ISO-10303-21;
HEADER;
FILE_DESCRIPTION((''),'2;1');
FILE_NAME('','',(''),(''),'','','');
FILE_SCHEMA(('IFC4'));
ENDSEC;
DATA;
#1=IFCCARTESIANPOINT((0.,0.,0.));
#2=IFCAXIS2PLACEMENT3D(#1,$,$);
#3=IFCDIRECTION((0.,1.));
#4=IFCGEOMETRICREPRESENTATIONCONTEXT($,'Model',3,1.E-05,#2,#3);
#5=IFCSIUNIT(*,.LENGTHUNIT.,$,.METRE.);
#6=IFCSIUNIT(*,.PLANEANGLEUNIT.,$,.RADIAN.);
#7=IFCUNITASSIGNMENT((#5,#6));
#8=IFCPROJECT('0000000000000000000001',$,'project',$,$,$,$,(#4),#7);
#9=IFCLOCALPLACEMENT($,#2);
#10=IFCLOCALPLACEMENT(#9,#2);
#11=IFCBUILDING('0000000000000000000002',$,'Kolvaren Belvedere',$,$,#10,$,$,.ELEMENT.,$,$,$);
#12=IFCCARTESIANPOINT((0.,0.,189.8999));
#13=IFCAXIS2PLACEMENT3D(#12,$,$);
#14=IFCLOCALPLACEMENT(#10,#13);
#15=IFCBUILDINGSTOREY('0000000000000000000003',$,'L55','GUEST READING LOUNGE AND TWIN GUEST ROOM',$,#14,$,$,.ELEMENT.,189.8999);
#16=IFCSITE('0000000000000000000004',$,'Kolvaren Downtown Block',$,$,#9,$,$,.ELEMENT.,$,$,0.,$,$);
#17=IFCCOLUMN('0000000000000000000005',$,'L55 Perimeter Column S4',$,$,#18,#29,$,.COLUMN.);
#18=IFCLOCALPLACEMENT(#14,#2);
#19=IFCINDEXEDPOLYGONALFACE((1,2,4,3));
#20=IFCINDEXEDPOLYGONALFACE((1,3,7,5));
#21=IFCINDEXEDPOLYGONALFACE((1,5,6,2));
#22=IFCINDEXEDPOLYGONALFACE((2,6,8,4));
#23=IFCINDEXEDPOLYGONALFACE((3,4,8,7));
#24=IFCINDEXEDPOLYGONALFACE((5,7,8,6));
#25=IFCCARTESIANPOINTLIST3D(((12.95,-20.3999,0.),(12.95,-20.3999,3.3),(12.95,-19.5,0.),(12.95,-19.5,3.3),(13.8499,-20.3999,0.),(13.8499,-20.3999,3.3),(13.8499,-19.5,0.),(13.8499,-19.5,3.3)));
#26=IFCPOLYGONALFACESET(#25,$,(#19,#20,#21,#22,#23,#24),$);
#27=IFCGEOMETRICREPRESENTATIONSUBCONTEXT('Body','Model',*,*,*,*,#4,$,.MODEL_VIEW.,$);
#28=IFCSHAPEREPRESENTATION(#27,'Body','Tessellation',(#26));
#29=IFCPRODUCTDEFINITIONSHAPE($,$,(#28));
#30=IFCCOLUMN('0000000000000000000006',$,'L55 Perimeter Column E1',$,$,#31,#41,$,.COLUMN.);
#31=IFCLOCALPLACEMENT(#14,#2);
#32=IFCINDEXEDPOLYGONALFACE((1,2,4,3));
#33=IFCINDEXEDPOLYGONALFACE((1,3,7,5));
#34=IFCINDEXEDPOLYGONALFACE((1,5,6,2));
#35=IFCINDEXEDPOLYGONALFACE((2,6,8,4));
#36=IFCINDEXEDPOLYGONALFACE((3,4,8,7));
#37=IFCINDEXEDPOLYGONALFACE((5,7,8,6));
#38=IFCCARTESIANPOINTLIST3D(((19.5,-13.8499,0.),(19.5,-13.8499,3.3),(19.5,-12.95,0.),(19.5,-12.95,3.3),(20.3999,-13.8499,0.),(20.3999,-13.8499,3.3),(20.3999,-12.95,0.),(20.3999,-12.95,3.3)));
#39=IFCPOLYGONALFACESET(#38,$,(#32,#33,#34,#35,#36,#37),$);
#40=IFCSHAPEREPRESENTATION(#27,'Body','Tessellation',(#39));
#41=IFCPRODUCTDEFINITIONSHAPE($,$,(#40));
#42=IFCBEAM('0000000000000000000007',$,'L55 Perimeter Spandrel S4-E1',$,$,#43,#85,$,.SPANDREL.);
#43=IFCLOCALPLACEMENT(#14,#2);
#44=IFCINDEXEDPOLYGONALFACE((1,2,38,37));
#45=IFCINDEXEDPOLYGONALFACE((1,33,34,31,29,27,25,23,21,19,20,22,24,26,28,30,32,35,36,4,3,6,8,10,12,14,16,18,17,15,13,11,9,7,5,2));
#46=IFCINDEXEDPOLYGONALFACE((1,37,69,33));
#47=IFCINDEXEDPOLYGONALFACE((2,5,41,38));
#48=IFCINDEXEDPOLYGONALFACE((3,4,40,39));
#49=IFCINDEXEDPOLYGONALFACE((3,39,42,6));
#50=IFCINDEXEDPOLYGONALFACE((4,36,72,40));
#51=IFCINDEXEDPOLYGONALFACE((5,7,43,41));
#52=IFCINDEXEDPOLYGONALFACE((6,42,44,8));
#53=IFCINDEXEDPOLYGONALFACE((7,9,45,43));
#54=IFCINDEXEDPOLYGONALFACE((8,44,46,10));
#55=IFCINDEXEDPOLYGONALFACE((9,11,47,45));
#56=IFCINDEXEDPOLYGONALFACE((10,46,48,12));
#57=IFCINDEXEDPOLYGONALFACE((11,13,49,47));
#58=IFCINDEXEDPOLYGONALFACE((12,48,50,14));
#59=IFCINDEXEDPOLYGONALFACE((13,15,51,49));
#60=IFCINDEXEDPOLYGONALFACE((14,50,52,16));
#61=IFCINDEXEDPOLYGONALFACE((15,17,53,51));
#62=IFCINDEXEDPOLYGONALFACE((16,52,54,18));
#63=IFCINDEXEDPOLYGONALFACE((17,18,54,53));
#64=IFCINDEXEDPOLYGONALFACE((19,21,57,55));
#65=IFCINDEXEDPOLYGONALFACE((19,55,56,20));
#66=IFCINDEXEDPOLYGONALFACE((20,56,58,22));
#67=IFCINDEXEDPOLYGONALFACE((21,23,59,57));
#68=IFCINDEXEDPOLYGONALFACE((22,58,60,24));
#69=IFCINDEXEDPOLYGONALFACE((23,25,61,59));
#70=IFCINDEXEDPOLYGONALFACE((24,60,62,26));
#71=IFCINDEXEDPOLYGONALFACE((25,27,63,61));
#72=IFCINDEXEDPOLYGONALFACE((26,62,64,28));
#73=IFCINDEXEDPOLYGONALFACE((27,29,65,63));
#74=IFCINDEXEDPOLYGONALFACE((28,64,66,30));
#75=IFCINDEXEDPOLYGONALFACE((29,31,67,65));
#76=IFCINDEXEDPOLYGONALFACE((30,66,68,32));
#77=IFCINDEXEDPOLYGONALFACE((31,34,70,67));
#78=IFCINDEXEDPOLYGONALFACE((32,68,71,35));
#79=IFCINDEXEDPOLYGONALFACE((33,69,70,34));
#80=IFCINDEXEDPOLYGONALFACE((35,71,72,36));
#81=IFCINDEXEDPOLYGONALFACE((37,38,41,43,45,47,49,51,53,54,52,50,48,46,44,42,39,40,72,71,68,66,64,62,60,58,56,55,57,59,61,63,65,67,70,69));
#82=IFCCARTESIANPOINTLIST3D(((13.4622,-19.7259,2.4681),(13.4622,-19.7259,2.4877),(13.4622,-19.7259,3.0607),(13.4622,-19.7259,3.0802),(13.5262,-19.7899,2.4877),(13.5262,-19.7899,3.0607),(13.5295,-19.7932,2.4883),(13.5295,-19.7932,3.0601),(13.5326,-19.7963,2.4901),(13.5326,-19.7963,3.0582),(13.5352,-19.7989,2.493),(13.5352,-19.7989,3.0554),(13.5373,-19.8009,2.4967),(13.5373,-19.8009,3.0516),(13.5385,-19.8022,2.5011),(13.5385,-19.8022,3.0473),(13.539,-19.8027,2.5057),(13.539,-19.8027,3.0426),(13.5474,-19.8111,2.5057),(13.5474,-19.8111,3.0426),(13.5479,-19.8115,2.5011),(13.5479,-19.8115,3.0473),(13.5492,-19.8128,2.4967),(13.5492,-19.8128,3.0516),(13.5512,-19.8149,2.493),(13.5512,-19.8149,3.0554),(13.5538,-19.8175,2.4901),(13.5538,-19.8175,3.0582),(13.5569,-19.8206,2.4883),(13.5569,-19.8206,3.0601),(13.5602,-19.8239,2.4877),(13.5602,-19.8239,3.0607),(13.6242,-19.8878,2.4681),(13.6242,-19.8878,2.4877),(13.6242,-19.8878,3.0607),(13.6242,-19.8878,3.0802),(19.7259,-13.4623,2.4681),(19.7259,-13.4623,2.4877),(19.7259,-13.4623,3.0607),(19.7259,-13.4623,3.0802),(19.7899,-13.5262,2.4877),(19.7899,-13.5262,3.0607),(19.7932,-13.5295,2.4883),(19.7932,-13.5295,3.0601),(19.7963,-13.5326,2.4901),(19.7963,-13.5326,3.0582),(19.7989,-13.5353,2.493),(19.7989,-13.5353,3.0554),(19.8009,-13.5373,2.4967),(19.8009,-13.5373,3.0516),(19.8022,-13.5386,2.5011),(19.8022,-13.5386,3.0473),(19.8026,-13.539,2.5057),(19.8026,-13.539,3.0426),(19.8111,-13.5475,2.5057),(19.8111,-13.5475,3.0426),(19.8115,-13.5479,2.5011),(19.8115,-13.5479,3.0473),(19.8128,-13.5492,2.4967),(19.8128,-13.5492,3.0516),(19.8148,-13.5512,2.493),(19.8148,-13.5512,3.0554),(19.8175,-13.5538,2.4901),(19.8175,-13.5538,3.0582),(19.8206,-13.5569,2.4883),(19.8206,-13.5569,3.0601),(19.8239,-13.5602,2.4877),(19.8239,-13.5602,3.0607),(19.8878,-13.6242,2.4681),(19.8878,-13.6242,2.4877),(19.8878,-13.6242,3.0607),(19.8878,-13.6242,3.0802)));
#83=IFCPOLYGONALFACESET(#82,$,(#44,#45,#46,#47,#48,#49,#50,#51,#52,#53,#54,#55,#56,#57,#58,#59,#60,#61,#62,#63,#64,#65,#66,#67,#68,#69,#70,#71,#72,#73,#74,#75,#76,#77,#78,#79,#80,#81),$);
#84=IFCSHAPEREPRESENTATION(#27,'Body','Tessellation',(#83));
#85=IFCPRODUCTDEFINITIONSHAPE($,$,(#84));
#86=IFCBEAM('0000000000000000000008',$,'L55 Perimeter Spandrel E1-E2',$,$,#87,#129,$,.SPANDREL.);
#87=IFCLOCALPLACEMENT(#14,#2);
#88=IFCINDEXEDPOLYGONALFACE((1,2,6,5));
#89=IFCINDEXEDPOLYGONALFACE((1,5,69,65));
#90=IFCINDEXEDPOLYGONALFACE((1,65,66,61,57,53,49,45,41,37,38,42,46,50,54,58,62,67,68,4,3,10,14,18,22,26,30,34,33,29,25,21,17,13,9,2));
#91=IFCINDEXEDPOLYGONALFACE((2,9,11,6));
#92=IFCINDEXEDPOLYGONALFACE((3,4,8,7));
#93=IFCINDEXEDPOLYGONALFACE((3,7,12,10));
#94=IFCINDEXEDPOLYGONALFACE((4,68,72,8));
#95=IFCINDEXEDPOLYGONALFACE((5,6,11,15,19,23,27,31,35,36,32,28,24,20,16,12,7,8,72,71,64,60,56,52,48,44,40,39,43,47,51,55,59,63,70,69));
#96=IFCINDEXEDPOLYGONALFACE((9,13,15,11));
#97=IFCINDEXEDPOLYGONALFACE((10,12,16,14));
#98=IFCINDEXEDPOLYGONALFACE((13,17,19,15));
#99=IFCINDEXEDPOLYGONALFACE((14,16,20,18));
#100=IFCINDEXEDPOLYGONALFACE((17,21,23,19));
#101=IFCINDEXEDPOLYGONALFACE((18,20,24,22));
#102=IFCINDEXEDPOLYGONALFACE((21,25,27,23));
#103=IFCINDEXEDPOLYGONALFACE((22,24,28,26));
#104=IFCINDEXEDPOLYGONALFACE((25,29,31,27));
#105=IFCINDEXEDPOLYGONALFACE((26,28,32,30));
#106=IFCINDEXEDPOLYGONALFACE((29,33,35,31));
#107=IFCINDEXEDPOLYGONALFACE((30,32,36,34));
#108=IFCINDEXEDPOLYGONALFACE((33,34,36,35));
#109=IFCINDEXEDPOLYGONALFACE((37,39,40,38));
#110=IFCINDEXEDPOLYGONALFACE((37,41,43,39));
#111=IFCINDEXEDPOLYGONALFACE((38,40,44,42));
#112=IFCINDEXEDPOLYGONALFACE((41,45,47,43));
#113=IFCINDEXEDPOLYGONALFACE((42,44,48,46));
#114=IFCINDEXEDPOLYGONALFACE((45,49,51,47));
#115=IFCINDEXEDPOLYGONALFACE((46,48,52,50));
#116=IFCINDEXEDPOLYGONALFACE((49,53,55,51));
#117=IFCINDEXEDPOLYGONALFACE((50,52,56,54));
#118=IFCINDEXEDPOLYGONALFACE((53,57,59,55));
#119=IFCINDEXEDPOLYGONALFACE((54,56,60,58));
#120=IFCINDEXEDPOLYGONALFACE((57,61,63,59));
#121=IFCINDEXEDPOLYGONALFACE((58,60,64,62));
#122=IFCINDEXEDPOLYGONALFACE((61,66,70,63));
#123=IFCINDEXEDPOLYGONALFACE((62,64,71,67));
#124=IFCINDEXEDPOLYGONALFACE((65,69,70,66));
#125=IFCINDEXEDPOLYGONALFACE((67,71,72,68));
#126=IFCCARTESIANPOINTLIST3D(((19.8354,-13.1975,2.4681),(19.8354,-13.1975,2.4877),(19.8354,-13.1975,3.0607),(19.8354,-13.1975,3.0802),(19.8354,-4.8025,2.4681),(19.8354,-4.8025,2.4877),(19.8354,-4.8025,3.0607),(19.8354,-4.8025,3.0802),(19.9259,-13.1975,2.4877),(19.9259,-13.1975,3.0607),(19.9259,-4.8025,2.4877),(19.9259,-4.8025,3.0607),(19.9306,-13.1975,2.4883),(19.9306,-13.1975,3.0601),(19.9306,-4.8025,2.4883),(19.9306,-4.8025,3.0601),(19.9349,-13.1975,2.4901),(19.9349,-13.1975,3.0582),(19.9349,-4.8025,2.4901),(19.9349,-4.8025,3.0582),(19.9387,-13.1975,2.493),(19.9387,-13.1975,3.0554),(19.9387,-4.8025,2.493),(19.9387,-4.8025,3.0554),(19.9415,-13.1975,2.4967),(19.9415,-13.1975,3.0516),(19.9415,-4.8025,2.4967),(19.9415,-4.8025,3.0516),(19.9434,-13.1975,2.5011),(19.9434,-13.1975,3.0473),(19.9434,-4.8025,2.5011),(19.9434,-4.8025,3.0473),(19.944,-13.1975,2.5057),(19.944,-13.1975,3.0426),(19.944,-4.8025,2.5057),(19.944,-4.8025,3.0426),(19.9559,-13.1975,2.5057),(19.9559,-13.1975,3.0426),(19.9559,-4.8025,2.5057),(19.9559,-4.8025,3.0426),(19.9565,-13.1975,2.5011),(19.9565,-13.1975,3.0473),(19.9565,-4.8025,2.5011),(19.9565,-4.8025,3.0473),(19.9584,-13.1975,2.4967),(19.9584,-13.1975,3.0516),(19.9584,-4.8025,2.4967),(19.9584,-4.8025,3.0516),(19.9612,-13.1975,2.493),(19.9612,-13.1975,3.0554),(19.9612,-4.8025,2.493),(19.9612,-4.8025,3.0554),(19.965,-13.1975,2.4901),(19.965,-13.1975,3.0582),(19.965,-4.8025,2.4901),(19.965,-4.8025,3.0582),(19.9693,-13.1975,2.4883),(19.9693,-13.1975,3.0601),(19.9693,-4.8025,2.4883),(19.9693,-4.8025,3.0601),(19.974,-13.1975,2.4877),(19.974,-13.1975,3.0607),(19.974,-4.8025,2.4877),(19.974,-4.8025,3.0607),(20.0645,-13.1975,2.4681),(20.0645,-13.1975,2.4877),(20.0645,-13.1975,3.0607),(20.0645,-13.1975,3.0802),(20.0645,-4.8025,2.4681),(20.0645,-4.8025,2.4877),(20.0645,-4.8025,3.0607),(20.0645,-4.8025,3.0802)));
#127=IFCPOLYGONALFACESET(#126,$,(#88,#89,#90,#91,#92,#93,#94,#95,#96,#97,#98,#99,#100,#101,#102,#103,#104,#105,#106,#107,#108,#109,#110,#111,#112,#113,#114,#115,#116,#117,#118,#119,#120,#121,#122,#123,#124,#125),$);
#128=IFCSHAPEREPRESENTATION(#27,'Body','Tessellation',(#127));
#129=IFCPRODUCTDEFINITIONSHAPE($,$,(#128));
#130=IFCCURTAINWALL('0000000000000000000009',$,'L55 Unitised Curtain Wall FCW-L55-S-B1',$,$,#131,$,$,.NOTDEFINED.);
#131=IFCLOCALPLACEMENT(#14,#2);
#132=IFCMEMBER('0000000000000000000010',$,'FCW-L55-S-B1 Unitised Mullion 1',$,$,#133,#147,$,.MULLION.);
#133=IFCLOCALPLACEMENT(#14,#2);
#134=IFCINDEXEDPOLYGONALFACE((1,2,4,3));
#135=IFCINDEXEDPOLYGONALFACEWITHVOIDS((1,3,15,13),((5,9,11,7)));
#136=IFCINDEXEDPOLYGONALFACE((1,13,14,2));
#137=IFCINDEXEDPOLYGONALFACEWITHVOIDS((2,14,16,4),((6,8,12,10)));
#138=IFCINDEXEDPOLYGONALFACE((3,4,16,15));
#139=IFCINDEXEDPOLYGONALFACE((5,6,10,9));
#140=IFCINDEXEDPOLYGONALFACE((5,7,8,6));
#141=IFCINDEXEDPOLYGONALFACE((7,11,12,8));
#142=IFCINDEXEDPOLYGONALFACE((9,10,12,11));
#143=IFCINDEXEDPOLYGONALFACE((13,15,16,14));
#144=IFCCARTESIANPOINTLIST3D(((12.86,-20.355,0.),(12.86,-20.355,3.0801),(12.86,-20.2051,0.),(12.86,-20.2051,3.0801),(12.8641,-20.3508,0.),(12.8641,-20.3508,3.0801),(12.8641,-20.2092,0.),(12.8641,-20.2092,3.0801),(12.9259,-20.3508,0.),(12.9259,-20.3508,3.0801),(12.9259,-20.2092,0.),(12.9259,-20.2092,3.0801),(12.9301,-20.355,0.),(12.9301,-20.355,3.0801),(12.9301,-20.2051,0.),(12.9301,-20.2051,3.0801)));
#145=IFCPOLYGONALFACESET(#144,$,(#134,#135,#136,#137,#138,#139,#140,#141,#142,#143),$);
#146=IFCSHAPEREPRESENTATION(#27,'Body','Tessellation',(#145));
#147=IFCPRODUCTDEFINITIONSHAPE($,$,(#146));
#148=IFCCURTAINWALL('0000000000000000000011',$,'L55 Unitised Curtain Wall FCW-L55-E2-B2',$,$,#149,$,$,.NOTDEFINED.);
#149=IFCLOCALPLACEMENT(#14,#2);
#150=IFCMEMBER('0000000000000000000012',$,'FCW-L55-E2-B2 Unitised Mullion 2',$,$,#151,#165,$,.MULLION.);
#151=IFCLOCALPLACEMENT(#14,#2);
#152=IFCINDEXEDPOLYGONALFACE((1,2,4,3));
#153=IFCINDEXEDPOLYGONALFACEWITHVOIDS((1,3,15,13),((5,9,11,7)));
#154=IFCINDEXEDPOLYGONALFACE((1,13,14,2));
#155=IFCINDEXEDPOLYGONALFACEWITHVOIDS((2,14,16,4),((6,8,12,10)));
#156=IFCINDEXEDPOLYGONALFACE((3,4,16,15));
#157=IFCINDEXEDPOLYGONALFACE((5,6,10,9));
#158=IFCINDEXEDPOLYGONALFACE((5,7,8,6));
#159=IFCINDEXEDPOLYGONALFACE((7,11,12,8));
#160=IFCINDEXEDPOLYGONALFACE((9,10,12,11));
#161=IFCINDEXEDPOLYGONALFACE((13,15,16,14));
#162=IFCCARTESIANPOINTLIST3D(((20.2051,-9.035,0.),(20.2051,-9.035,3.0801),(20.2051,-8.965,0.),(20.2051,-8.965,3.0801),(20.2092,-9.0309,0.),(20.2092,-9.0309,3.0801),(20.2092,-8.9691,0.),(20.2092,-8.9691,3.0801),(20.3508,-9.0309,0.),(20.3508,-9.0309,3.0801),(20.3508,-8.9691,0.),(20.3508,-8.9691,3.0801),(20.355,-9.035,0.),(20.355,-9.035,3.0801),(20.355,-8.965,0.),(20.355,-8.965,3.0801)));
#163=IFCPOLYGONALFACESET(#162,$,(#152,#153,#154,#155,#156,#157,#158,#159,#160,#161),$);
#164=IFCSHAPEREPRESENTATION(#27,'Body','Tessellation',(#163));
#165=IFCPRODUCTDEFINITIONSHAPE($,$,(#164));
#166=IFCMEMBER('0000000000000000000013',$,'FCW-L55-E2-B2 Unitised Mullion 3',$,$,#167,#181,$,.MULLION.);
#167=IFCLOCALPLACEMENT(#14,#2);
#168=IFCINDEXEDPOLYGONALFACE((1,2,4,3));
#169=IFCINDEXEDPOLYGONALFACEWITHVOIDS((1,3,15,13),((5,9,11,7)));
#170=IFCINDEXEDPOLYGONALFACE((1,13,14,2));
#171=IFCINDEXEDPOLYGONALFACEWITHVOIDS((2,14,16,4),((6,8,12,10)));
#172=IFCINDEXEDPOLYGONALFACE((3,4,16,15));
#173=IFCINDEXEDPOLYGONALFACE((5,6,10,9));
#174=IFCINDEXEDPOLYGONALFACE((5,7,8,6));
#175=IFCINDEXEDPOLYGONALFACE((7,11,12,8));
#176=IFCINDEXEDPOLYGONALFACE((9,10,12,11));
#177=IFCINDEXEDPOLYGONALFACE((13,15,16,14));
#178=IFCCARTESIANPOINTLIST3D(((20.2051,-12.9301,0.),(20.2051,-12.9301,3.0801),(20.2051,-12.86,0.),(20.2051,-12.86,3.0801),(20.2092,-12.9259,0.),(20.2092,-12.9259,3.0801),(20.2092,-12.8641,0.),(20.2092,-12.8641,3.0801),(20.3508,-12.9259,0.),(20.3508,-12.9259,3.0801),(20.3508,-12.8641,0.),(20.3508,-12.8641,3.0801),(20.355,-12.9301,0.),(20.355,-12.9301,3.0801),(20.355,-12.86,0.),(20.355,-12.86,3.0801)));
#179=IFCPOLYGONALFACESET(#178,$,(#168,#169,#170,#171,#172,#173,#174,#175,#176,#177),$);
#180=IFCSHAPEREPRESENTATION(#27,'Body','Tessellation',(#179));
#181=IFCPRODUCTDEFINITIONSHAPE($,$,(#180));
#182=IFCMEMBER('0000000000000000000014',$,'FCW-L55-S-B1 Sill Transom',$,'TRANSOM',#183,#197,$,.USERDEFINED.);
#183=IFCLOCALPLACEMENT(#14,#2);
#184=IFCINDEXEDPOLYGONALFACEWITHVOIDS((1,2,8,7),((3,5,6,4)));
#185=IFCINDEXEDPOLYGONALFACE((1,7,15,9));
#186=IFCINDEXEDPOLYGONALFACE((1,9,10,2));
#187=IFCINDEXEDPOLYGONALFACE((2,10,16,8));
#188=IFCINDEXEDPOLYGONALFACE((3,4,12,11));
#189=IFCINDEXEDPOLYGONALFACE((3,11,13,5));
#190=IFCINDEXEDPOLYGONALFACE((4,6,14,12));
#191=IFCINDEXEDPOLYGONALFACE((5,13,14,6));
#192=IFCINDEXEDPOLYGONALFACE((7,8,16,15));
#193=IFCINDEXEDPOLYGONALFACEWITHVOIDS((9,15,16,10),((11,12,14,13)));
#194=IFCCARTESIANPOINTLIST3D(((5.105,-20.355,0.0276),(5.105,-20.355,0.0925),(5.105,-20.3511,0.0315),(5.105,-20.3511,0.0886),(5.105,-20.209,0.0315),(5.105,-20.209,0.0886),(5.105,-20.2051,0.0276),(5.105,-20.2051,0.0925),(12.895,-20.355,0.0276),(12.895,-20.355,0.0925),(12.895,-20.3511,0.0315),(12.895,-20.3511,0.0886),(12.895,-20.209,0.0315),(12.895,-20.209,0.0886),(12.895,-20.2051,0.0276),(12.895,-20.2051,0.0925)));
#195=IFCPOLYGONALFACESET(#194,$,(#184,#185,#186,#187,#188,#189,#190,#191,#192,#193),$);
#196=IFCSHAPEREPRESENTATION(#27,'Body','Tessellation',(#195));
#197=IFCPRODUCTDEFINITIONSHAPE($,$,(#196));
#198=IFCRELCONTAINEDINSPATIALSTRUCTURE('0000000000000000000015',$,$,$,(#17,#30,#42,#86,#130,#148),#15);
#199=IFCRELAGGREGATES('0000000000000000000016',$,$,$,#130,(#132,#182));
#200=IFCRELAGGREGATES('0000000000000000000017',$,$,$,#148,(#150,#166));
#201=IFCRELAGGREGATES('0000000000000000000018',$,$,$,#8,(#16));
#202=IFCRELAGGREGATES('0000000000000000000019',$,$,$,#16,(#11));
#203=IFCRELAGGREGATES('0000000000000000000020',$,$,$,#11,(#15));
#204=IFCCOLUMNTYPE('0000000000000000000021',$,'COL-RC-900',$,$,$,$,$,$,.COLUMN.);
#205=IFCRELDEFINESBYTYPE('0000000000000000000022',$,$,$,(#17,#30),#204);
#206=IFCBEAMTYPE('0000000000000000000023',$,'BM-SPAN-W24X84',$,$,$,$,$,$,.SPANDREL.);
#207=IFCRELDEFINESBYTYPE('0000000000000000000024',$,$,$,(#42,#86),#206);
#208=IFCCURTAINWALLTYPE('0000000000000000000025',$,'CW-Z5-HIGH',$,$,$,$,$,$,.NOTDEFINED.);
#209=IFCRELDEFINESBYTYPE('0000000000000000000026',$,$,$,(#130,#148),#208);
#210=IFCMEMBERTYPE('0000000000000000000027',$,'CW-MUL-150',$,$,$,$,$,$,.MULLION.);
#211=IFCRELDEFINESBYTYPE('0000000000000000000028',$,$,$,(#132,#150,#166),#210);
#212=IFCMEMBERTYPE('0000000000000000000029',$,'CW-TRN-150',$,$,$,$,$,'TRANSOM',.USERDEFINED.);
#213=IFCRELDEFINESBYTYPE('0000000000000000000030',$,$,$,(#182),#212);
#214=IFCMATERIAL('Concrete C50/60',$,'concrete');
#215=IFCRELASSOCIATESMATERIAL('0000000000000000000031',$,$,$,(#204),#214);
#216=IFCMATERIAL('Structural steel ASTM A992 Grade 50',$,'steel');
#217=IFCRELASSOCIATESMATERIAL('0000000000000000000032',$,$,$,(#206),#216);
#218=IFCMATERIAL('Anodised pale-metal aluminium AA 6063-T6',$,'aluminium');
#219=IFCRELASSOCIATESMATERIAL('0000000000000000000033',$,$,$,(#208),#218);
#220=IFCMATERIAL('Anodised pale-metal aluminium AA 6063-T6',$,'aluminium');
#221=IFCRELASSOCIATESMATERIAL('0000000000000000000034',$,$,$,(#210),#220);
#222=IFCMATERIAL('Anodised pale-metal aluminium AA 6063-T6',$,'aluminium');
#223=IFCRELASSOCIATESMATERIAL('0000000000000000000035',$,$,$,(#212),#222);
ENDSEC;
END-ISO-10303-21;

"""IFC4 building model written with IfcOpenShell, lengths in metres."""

from ifc_helpers import new_model, si_unit, direction, frame, origin, origin_2d, place, context, subcontext, project, spatial, rectangle, hollow_rectangle, i_section, extrude, material, material_profile, profile_set, type_object, element, aggregate, save


model = new_model("IFC4")

# Units and contexts
model_context = context("Model", 3, precision=1e-05, world=origin(), true_north=direction((0.0, 1.0)))
body_context = subcontext(model_context, "Body", "Model", "MODEL_VIEW")
ifc_project = project(units=[si_unit("LENGTHUNIT", "METRE"), si_unit("PLANEANGLEUNIT", "RADIAN")], contexts=[model_context])

# Site, building, storey
site_placement = place(None, origin())
site = spatial("IfcSite", under=ifc_project, at=site_placement, Name="Kolvaren Downtown Block", CompositionType="ELEMENT", RefElevation=0.0)
building_placement = place(site_placement, origin())
building = spatial("IfcBuilding", under=site, at=building_placement, Name="Kolvaren Belvedere", CompositionType="ELEMENT")
storey_placement = place(building_placement, frame((0.0, 0.0, 189.8999)))
storey = spatial("IfcBuildingStorey", under=building, at=storey_placement, Name="L55", Description="GUEST READING LOUNGE AND TWIN GUEST ROOM", CompositionType="ELEMENT", Elevation=189.8999)

# Columns
ifc_material_1 = material(Name="Concrete C50/60", Category="concrete")
ifc_material_profile_1 = material_profile(ifc_material_1, rectangle(XDim=0.8999, YDim=0.8999, at=origin_2d()), Name="RC 900X900")
ifc_profile_set_1 = profile_set([ifc_material_profile_1], Name="Concrete C50/60")
column_type = type_object("IfcColumnType", Name="COL-RC-900", PredefinedType="COLUMN", material=ifc_profile_set_1)
for number, where, z_axis, x_axis, name in (
    (1, (13.3999, -19.95, 0.0), (0.0, 0.0, 1.0), (1.0, 0.0, 0.0), "L55 Perimeter Column S4"),
    (2, (19.95, -13.3999, 0.0), (0.0, 0.0, 1.0), (1.0, 0.0, 0.0), "L55 Perimeter Column E1"),
):
    element("IfcColumn", number, at=place(storey_placement, frame(where, z_axis=z_axis, x_axis=x_axis)), inside=storey, type_object=column_type, Name=name, PredefinedType="COLUMN", context=body_context, shape_type="SweptSolid", body=[
        extrude(rectangle(XDim=0.8999, YDim=0.8999, at=origin_2d()), origin(), (0.0, 0.0, 1.0), 3.3),
    ])

# Beams
ifc_material_2 = material(Name="Structural steel ASTM A992 Grade 50", Category="steel")
ifc_material_profile_2 = material_profile(ifc_material_2, i_section(OverallWidth=0.229, OverallDepth=0.6121, WebThickness=0.012, FlangeThickness=0.0195, FilletRadius=0.0181, at=origin_2d()), Name="W24X84")
ifc_profile_set_2 = profile_set([ifc_material_profile_2], Name="Structural steel ASTM A992 Grade 50")
beam_type = type_object("IfcBeamType", Name="BM-SPAN-W24X84", PredefinedType="SPANDREL", material=ifc_profile_set_2)
beam_1_placement = place(storey_placement, frame((13.5432, -19.8069, 2.7742), z_axis=(0.707107, 0.707107, 0.0), x_axis=(-0.707107, 0.707107, 0.0)))
element("IfcBeam", 3, at=beam_1_placement, inside=storey, type_object=beam_type, Name="L55 Perimeter Spandrel S4-E1", PredefinedType="SPANDREL", context=body_context, shape_type="SweptSolid", body=[
    extrude(i_section(OverallWidth=0.229, OverallDepth=0.6121, WebThickness=0.012, FlangeThickness=0.0195, FilletRadius=0.0181, at=origin_2d()), origin(), (0.0, 0.0, 1.0), 8.8582),
])
beam_2_placement = place(storey_placement, frame((19.95, -13.1975, 2.7742), z_axis=(0.0, 1.0, 0.0), x_axis=(-1.0, 0.0, 0.0)))
element("IfcBeam", 4, at=beam_2_placement, inside=storey, type_object=beam_type, Name="L55 Perimeter Spandrel E1-E2", PredefinedType="SPANDREL", context=body_context, shape_type="SweptSolid", body=[
    extrude(i_section(OverallWidth=0.229, OverallDepth=0.6121, WebThickness=0.012, FlangeThickness=0.0195, FilletRadius=0.0181, at=origin_2d()), origin(), (0.0, 0.0, 1.0), 8.395),
])

# Curtain wall, member
ifc_material_3 = material(Name="Anodised pale-metal aluminium AA 6063-T6", Category="aluminium")
curtain_wall_type = type_object("IfcCurtainWallType", Name="CW-Z5-HIGH", PredefinedType="NOTDEFINED", material=ifc_material_3)
curtain_wall_1_placement = place(storey_placement, origin())
curtain_wall_1 = element("IfcCurtainWall", 5, at=curtain_wall_1_placement, inside=storey, type_object=curtain_wall_type, Name="L55 Unitised Curtain Wall FCW-L55-S-B1", PredefinedType="NOTDEFINED")
ifc_material_4 = material(Name="Anodised pale-metal aluminium AA 6063-T6", Category="aluminium")
ifc_material_profile_3 = material_profile(ifc_material_4, hollow_rectangle(XDim=0.0701, YDim=0.1499, WallThickness=0.0042, at=origin_2d()), Name="ALU-MUL-150X70")
ifc_profile_set_3 = profile_set([ifc_material_profile_3], Name="Anodised pale-metal aluminium AA 6063-T6")
member_type_1 = type_object("IfcMemberType", Name="CW-MUL-150", PredefinedType="MULLION", material=ifc_profile_set_3)
member_1_placement = place(storey_placement, frame((12.895, -20.28, 0.0), z_axis=(0.0, 0.0, 1.0), x_axis=(1.0, 0.0, 0.0)))
member_1 = element("IfcMember", 6, at=member_1_placement, type_object=member_type_1, Name="FCW-L55-S-B1 Unitised Mullion 1", PredefinedType="MULLION", context=body_context, shape_type="SweptSolid", body=[
    extrude(hollow_rectangle(XDim=0.0701, YDim=0.1499, WallThickness=0.0042, at=origin_2d()), origin(), (0.0, 0.0, 1.0), 3.0801),
])

# Curtain wall, members
curtain_wall_2_placement = place(storey_placement, origin())
curtain_wall_2 = element("IfcCurtainWall", 7, at=curtain_wall_2_placement, inside=storey, type_object=curtain_wall_type, Name="L55 Unitised Curtain Wall FCW-L55-E2-B2", PredefinedType="NOTDEFINED")
member_2_placement = place(storey_placement, frame((20.28, -9.0, 0.0), z_axis=(0.0, 0.0, 1.0), x_axis=(0.0, 1.0, 0.0)))
member_2 = element("IfcMember", 8, at=member_2_placement, type_object=member_type_1, Name="FCW-L55-E2-B2 Unitised Mullion 2", PredefinedType="MULLION", context=body_context, shape_type="SweptSolid", body=[
    extrude(hollow_rectangle(XDim=0.0701, YDim=0.1499, WallThickness=0.0042, at=origin_2d()), origin(), (0.0, 0.0, 1.0), 3.0801),
])
member_3_placement = place(storey_placement, frame((20.28, -12.895, 0.0), z_axis=(0.0, 0.0, 1.0), x_axis=(0.0, 1.0, 0.0)))
member_3 = element("IfcMember", 9, at=member_3_placement, type_object=member_type_1, Name="FCW-L55-E2-B2 Unitised Mullion 3", PredefinedType="MULLION", context=body_context, shape_type="SweptSolid", body=[
    extrude(hollow_rectangle(XDim=0.0701, YDim=0.1499, WallThickness=0.0042, at=origin_2d()), origin(), (0.0, 0.0, 1.0), 3.0801),
])

# Member
ifc_material_5 = material(Name="Anodised pale-metal aluminium AA 6063-T6", Category="aluminium")
ifc_material_profile_4 = material_profile(ifc_material_5, hollow_rectangle(XDim=0.0649, YDim=0.1499, WallThickness=0.0039, at=origin_2d()), Name="ALU-TRN-150X65")
ifc_profile_set_4 = profile_set([ifc_material_profile_4], Name="Anodised pale-metal aluminium AA 6063-T6")
member_type_2 = type_object("IfcMemberType", Name="CW-TRN-150", ElementType="TRANSOM", PredefinedType="USERDEFINED", material=ifc_profile_set_4)
member_4_placement = place(storey_placement, frame((12.895, -20.28, 0.0601), z_axis=(-1.0, 0.0, 0.0), x_axis=(0.0, 0.0, 1.0)))
member_4 = element("IfcMember", 10, at=member_4_placement, type_object=member_type_2, Name="FCW-L55-S-B1 Sill Transom", ObjectType="TRANSOM", PredefinedType="USERDEFINED", context=body_context, shape_type="SweptSolid", body=[
    extrude(hollow_rectangle(XDim=0.0649, YDim=0.1499, WallThickness=0.0039, at=origin_2d()), origin(), (0.0, 0.0, 1.0), 7.79),
])
aggregate(curtain_wall_1, [member_1, member_4])

aggregate(curtain_wall_2, [member_2, member_3])

save(model, "model.ifc")
